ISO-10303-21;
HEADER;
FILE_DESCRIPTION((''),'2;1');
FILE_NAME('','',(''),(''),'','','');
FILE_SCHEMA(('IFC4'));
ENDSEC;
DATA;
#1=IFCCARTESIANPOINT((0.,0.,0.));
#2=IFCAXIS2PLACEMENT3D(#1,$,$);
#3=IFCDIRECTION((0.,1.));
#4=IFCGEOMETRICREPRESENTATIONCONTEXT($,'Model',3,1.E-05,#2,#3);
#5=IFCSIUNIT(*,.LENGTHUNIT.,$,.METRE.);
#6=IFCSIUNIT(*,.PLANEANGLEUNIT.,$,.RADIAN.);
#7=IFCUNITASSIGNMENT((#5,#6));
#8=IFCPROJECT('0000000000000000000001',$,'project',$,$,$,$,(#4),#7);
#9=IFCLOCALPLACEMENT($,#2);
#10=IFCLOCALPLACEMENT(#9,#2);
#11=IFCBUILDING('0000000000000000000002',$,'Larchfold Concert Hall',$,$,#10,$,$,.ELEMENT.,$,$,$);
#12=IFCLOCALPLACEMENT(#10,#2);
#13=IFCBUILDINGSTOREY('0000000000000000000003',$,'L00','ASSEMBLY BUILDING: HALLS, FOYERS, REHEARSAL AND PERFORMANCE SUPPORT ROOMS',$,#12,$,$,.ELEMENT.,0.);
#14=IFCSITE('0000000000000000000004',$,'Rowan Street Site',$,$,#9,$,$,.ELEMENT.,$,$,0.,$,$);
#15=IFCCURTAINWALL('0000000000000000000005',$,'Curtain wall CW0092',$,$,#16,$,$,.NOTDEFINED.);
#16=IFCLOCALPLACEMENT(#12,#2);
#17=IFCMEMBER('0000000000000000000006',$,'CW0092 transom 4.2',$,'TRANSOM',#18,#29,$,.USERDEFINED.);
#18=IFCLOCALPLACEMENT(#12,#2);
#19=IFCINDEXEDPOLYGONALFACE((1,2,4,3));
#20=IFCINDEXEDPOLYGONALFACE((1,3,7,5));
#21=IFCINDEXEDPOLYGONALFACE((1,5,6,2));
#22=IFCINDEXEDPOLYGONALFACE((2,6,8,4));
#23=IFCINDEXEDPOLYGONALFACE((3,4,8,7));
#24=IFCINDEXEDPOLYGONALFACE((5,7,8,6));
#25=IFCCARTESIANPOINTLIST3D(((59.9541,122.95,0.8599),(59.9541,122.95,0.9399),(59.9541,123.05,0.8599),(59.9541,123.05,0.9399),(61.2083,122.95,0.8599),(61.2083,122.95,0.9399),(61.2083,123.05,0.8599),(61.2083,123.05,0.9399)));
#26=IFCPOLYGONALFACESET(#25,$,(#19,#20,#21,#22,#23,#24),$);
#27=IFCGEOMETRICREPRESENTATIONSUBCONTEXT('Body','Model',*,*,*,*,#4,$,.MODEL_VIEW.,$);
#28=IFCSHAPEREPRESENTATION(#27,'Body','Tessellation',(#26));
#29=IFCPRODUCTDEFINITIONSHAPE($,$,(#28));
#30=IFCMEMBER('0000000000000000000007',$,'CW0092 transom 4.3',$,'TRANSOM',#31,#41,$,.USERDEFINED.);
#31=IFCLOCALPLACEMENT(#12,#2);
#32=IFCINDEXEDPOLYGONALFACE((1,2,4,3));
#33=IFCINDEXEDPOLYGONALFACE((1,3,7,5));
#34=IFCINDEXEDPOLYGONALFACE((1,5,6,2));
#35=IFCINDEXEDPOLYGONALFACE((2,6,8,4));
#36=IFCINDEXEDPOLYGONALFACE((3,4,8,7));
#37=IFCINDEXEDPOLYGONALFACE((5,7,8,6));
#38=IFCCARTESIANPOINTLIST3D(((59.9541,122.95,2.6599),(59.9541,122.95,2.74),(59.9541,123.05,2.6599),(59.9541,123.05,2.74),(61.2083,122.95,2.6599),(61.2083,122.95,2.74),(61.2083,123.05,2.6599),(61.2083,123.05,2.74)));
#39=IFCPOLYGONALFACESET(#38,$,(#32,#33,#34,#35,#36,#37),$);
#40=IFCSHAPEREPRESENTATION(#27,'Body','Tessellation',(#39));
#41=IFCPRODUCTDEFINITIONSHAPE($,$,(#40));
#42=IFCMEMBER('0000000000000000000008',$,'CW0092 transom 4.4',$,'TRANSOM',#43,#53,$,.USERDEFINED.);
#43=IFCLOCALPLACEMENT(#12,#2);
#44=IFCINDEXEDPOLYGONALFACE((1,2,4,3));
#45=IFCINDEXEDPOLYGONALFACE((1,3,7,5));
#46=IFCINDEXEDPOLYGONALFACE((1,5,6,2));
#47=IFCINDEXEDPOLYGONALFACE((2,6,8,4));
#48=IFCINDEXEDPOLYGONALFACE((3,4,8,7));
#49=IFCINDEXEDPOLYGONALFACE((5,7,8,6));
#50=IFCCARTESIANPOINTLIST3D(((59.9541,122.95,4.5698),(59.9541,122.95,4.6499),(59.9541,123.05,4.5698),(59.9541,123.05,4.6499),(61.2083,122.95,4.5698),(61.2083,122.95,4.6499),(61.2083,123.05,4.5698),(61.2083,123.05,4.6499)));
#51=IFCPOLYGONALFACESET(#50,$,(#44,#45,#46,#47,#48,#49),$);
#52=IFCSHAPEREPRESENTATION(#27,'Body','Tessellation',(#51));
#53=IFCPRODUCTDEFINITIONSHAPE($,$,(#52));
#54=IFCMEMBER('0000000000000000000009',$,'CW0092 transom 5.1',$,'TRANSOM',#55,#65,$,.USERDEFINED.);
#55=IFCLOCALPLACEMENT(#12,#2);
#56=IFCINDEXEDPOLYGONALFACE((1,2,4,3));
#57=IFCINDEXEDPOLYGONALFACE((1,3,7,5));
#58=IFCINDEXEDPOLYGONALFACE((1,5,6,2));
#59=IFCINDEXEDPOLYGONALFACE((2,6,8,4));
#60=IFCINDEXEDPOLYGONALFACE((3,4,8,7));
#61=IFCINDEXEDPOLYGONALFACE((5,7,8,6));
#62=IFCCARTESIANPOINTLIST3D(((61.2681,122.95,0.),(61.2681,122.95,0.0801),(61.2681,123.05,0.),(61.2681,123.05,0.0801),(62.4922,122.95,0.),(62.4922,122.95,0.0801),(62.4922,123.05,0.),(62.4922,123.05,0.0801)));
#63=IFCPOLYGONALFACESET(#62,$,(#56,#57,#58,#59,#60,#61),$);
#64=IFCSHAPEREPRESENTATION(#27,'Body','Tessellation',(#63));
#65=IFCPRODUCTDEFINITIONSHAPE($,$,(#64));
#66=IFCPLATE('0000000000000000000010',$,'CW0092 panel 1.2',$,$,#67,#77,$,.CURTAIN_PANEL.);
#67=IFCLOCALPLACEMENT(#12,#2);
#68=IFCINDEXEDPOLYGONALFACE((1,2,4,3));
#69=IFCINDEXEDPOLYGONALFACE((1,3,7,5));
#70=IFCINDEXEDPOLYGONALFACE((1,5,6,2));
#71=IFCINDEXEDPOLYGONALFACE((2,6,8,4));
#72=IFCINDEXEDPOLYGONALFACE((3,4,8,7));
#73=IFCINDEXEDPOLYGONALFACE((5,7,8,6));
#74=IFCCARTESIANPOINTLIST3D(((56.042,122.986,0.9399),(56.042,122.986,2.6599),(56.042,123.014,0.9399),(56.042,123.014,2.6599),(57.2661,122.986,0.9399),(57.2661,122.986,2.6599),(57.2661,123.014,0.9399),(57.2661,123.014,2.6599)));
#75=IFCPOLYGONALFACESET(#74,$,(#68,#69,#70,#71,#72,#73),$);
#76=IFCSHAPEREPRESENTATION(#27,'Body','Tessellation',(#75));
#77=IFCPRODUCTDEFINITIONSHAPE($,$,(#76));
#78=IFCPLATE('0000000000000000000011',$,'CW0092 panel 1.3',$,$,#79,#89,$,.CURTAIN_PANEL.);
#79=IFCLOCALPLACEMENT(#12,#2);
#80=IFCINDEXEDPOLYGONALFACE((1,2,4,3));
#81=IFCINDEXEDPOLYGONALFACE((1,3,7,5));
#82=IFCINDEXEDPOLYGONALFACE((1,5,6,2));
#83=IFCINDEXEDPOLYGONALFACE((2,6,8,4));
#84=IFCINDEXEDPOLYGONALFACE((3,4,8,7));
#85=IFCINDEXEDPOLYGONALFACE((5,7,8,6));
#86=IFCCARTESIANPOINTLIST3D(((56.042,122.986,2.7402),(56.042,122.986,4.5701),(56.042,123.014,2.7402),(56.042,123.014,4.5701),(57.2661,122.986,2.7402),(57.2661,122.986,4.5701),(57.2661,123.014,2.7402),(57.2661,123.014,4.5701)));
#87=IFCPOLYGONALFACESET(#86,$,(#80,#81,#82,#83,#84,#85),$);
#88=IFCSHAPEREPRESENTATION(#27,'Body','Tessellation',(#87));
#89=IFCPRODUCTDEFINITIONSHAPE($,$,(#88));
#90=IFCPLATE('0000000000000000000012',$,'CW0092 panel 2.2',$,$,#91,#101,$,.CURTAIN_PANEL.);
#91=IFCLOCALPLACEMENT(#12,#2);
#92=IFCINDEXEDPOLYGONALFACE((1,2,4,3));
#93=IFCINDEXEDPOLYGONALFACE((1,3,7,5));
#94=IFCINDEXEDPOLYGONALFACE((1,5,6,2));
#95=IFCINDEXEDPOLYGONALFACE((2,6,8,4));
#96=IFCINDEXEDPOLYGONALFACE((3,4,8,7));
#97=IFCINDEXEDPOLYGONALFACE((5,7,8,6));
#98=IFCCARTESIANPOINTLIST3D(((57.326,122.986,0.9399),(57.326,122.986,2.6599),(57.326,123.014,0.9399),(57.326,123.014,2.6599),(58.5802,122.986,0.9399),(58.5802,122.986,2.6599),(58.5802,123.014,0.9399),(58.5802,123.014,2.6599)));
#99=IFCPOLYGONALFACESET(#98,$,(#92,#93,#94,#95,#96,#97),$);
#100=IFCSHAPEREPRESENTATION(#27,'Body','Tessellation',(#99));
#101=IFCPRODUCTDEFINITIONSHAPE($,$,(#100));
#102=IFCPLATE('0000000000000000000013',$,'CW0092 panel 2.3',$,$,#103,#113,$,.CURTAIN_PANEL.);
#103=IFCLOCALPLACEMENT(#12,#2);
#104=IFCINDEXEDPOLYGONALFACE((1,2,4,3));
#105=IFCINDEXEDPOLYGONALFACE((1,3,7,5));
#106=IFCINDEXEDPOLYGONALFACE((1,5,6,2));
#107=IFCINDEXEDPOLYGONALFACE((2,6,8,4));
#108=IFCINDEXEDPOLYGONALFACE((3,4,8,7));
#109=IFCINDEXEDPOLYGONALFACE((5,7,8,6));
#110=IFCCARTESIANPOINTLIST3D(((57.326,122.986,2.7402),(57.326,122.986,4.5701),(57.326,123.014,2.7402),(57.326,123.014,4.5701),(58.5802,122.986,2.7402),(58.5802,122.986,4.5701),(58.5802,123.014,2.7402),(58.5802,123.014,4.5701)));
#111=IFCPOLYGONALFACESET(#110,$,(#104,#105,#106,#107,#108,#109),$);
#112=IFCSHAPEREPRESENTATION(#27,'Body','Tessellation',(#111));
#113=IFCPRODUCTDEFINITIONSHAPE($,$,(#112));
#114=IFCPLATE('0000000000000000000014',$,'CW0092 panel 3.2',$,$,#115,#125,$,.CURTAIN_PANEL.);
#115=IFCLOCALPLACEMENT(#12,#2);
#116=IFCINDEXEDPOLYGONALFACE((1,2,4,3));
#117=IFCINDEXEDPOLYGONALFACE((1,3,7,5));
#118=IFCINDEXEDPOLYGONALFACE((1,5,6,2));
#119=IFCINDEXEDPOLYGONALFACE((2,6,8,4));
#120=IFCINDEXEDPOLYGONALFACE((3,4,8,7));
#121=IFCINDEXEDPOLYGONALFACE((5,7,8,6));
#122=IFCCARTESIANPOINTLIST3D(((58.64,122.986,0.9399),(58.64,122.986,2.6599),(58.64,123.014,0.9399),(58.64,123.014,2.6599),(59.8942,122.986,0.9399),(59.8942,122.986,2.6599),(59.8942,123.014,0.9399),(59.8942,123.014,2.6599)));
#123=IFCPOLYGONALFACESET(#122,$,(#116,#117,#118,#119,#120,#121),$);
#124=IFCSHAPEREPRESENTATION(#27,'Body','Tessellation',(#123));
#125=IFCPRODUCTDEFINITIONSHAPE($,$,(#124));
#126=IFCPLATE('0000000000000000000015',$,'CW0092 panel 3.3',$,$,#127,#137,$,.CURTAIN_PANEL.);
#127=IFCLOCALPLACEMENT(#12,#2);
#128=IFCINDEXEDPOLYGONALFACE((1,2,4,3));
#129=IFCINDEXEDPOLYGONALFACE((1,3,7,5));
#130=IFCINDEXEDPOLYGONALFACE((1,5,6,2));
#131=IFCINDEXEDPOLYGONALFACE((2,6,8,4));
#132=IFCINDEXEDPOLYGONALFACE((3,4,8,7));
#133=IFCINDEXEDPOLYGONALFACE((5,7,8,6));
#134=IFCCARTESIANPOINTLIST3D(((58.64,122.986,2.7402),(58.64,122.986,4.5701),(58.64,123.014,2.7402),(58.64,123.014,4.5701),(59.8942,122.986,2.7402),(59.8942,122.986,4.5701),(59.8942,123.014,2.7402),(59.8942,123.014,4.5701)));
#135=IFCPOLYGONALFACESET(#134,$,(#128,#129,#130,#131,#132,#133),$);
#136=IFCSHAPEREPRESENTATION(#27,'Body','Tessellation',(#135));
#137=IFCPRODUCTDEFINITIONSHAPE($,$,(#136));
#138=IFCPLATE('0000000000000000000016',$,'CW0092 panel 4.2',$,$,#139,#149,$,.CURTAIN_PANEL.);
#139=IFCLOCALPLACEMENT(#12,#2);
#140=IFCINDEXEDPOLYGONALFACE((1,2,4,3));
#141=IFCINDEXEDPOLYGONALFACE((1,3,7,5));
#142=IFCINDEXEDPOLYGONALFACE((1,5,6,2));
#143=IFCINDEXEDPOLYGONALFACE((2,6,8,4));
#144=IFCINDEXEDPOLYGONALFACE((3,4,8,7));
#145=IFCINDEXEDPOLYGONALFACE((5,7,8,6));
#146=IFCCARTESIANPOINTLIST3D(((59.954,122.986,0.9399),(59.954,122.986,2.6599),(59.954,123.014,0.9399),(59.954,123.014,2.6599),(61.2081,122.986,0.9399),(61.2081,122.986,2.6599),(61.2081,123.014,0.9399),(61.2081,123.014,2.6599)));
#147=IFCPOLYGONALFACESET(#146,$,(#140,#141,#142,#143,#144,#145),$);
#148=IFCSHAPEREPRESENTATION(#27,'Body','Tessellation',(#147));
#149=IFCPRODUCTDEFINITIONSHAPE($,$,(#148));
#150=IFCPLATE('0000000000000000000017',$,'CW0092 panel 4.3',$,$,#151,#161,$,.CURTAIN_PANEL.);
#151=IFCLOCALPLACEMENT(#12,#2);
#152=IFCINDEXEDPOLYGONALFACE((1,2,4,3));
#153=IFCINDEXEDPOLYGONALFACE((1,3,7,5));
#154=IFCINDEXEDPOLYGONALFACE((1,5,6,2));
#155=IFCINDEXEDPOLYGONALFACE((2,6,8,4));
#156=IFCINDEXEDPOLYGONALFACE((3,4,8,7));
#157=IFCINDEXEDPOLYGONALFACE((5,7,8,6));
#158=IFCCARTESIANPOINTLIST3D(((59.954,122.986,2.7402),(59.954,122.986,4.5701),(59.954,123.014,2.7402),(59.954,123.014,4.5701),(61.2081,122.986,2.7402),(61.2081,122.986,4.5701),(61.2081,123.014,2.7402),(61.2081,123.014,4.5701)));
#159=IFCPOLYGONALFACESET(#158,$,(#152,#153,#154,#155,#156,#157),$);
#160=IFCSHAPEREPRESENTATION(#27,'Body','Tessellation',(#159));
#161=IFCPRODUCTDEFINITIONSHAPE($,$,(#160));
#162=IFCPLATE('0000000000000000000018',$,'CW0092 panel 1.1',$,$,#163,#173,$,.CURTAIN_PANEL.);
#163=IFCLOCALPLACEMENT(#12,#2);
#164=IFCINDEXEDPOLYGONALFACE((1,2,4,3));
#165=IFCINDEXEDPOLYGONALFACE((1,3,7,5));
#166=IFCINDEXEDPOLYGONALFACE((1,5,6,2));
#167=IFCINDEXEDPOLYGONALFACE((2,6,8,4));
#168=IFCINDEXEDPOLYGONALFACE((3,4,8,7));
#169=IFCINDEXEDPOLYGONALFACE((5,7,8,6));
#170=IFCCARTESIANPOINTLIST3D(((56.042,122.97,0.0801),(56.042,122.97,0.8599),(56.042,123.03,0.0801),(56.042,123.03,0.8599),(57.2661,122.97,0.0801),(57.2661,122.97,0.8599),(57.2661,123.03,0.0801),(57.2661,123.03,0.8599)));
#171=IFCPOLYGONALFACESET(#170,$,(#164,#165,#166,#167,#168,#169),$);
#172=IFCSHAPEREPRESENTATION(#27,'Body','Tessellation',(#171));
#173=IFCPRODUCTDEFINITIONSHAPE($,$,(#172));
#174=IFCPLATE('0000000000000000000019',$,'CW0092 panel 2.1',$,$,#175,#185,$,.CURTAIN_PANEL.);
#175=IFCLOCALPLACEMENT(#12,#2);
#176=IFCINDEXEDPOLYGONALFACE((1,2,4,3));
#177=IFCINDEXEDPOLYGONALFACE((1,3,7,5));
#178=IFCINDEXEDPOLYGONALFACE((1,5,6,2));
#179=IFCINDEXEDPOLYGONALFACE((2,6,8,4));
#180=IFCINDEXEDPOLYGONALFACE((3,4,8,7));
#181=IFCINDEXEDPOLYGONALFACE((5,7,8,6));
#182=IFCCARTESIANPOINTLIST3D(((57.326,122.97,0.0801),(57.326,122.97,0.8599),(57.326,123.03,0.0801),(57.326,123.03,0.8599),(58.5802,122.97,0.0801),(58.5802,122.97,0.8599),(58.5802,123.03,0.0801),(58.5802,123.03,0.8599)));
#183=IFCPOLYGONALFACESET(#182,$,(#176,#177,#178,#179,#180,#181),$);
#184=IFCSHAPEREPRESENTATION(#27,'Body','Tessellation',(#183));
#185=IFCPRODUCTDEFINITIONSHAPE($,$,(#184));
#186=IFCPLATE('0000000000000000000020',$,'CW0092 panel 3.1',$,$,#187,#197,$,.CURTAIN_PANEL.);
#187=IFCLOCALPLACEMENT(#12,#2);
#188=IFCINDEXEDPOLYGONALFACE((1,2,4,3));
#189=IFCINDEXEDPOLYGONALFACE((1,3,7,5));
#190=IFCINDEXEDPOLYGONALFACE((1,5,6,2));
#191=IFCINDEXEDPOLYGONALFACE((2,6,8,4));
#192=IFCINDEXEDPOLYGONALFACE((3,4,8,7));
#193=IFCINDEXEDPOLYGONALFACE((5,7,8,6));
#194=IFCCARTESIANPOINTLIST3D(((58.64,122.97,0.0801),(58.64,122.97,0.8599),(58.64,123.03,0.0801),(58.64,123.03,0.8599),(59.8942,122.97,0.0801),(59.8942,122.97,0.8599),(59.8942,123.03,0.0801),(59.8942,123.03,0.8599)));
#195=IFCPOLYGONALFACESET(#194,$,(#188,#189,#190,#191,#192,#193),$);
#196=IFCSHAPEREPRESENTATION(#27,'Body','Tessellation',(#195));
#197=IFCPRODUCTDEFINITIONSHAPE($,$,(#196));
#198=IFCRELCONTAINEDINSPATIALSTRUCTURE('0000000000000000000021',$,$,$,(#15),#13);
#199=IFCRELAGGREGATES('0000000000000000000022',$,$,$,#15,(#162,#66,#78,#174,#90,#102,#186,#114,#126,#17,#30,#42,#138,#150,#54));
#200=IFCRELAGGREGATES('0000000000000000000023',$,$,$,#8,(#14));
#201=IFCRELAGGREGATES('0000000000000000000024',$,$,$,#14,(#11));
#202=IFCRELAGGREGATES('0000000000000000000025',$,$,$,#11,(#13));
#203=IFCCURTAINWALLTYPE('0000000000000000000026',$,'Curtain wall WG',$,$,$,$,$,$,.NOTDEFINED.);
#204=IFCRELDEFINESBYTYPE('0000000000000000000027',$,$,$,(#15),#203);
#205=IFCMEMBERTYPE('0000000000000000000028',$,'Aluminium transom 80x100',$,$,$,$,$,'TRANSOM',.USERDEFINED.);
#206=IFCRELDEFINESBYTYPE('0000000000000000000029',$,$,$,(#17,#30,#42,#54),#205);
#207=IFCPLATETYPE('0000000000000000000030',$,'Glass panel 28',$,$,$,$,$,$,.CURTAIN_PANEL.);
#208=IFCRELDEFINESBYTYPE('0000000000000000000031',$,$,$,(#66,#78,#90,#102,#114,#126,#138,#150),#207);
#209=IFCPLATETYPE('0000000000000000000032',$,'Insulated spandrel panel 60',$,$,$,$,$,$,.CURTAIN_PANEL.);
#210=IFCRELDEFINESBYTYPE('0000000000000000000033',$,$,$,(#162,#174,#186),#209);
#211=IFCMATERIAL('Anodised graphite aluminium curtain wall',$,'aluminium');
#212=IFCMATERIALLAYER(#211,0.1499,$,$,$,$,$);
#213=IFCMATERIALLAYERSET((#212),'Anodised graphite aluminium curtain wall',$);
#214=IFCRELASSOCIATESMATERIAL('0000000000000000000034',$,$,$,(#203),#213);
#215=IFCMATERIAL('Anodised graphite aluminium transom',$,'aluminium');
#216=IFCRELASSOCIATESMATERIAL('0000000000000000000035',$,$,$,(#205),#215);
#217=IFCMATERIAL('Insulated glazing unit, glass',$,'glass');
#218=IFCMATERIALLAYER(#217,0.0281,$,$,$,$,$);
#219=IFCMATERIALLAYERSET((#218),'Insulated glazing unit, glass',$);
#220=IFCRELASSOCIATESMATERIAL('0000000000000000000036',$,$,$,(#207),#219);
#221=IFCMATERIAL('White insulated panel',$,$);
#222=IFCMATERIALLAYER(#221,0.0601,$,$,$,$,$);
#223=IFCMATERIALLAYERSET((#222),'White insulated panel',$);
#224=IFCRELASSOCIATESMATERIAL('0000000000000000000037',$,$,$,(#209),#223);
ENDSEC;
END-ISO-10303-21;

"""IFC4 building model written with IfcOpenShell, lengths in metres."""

from ifc_helpers import new_model, si_unit, direction, frame, origin, origin_2d, place, context, subcontext, project, spatial, rectangle, extrude, material, layer, layer_set, material_profile, profile_set, type_object, element, aggregate, save


model = new_model("IFC4")

# Units and contexts
model_context = context("Model", 3, precision=1e-05, world=origin(), true_north=direction((0.0, 1.0)))
body_context = subcontext(model_context, "Body", "Model", "MODEL_VIEW")
ifc_project = project(units=[si_unit("LENGTHUNIT", "METRE"), si_unit("PLANEANGLEUNIT", "RADIAN")], contexts=[model_context])

# Site, building, storey
site_placement = place(None, origin())
site = spatial("IfcSite", under=ifc_project, at=site_placement, Name="Rowan Street Site", CompositionType="ELEMENT", RefElevation=0.0)
building_placement = place(site_placement, origin())
building = spatial("IfcBuilding", under=site, at=building_placement, Name="Larchfold Concert Hall", CompositionType="ELEMENT")
storey_placement = place(building_placement, origin())
storey = spatial("IfcBuildingStorey", under=building, at=storey_placement, Name="L00", Description="ASSEMBLY BUILDING: HALLS, FOYERS, REHEARSAL AND PERFORMANCE SUPPORT ROOMS", CompositionType="ELEMENT", Elevation=0.0)

# Curtain wall, members, plates
ifc_material_1 = material(Name="Anodised graphite aluminium curtain wall", Category="aluminium")
ifc_layer_1 = layer(ifc_material_1, 0.1499)
ifc_layer_set_1 = layer_set([ifc_layer_1], Name="Anodised graphite aluminium curtain wall")
curtain_wall_type = type_object("IfcCurtainWallType", Name="Curtain wall WG", PredefinedType="NOTDEFINED", material=ifc_layer_set_1)
curtain_wall_placement = place(storey_placement, origin())
curtain_wall = element("IfcCurtainWall", 1, at=curtain_wall_placement, inside=storey, type_object=curtain_wall_type, Name="Curtain wall CW0092", PredefinedType="NOTDEFINED")
ifc_material_2 = material(Name="Anodised graphite aluminium transom", Category="aluminium")
ifc_material_profile_1 = material_profile(ifc_material_2, rectangle(XDim=0.1001, YDim=0.0801, at=origin_2d()))
ifc_profile_set_1 = profile_set([ifc_material_profile_1], Name="Anodised graphite aluminium transom")
member_type_1 = type_object("IfcMemberType", Name="Aluminium transom 80x100", ElementType="TRANSOM", PredefinedType="USERDEFINED", material=ifc_profile_set_1)
member_1_placement = place(storey_placement, frame((59.9541, 123.0, 0.8999), z_axis=(1.0, 0.0, 0.0), x_axis=(0.0, 1.0, 0.0)))
member_1 = element("IfcMember", 2, at=member_1_placement, type_object=member_type_1, Name="CW0092 transom 4.2", ObjectType="TRANSOM", PredefinedType="USERDEFINED", context=body_context, shape_type="SweptSolid", body=[
    extrude(rectangle(XDim=0.1001, YDim=0.0801, at=origin_2d()), origin(), (0.0, 0.0, 1.0), 1.2542),
])
member_2_placement = place(storey_placement, frame((59.9541, 123.0, 2.7), z_axis=(1.0, 0.0, 0.0), x_axis=(0.0, 1.0, 0.0)))
member_2 = element("IfcMember", 3, at=member_2_placement, type_object=member_type_1, Name="CW0092 transom 4.3", ObjectType="TRANSOM", PredefinedType="USERDEFINED", context=body_context, shape_type="SweptSolid", body=[
    extrude(rectangle(XDim=0.1001, YDim=0.0801, at=origin_2d()), origin(), (0.0, 0.0, 1.0), 1.2542),
])
member_3_placement = place(storey_placement, frame((59.9541, 123.0, 4.6099), z_axis=(1.0, 0.0, 0.0), x_axis=(0.0, 1.0, 0.0)))
member_3 = element("IfcMember", 4, at=member_3_placement, type_object=member_type_1, Name="CW0092 transom 4.4", ObjectType="TRANSOM", PredefinedType="USERDEFINED", context=body_context, shape_type="SweptSolid", body=[
    extrude(rectangle(XDim=0.1001, YDim=0.0801, at=origin_2d()), origin(), (0.0, 0.0, 1.0), 1.2542),
])
member_4_placement = place(storey_placement, frame((61.2681, 123.0, 0.04), z_axis=(1.0, 0.0, 0.0), x_axis=(0.0, 1.0, 0.0)))
member_4 = element("IfcMember", 5, at=member_4_placement, type_object=member_type_1, Name="CW0092 transom 5.1", ObjectType="TRANSOM", PredefinedType="USERDEFINED", context=body_context, shape_type="SweptSolid", body=[
    extrude(rectangle(XDim=0.1001, YDim=0.0801, at=origin_2d()), origin(), (0.0, 0.0, 1.0), 1.2241),
])
ifc_material_3 = material(Name="Insulated glazing unit, glass", Category="glass")
ifc_layer_2 = layer(ifc_material_3, 0.0281)
ifc_layer_set_2 = layer_set([ifc_layer_2], Name="Insulated glazing unit, glass")
plate_type_1 = type_object("IfcPlateType", Name="Glass panel 28", PredefinedType="CURTAIN_PANEL", material=ifc_layer_set_2)
plate_1_placement = place(storey_placement, frame((56.6541, 123.0, 0.9399), z_axis=(0.0, 0.0, 1.0), x_axis=(1.0, 0.0, 0.0)))
plate_1 = element("IfcPlate", 6, at=plate_1_placement, type_object=plate_type_1, Name="CW0092 panel 1.2", PredefinedType="CURTAIN_PANEL", context=body_context, shape_type="SweptSolid", body=[
    extrude(rectangle(XDim=1.2241, YDim=0.0281, at=origin_2d()), origin(), (0.0, 0.0, 1.0), 1.72),
])
plate_2_placement = place(storey_placement, frame((56.6541, 123.0, 2.7402), z_axis=(0.0, 0.0, 1.0), x_axis=(1.0, 0.0, 0.0)))
plate_2 = element("IfcPlate", 7, at=plate_2_placement, type_object=plate_type_1, Name="CW0092 panel 1.3", PredefinedType="CURTAIN_PANEL", context=body_context, shape_type="SweptSolid", body=[
    extrude(rectangle(XDim=1.2241, YDim=0.0281, at=origin_2d()), origin(), (0.0, 0.0, 1.0), 1.8298),
])
plate_3_placement = place(storey_placement, frame((57.9531, 123.0, 0.9399), z_axis=(0.0, 0.0, 1.0), x_axis=(1.0, 0.0, 0.0)))
plate_3 = element("IfcPlate", 8, at=plate_3_placement, type_object=plate_type_1, Name="CW0092 panel 2.2", PredefinedType="CURTAIN_PANEL", context=body_context, shape_type="SweptSolid", body=[
    extrude(rectangle(XDim=1.2542, YDim=0.0281, at=origin_2d()), origin(), (0.0, 0.0, 1.0), 1.72),
])
plate_4_placement = place(storey_placement, frame((57.9531, 123.0, 2.7402), z_axis=(0.0, 0.0, 1.0), x_axis=(1.0, 0.0, 0.0)))
plate_4 = element("IfcPlate", 9, at=plate_4_placement, type_object=plate_type_1, Name="CW0092 panel 2.3", PredefinedType="CURTAIN_PANEL", context=body_context, shape_type="SweptSolid", body=[
    extrude(rectangle(XDim=1.2542, YDim=0.0281, at=origin_2d()), origin(), (0.0, 0.0, 1.0), 1.8298),
])
plate_5_placement = place(storey_placement, frame((59.2671, 123.0, 0.9399), z_axis=(0.0, 0.0, 1.0), x_axis=(1.0, 0.0, 0.0)))
plate_5 = element("IfcPlate", 10, at=plate_5_placement, type_object=plate_type_1, Name="CW0092 panel 3.2", PredefinedType="CURTAIN_PANEL", context=body_context, shape_type="SweptSolid", body=[
    extrude(rectangle(XDim=1.2542, YDim=0.0281, at=origin_2d()), origin(), (0.0, 0.0, 1.0), 1.72),
])
plate_6_placement = place(storey_placement, frame((59.2671, 123.0, 2.7402), z_axis=(0.0, 0.0, 1.0), x_axis=(1.0, 0.0, 0.0)))
plate_6 = element("IfcPlate", 11, at=plate_6_placement, type_object=plate_type_1, Name="CW0092 panel 3.3", PredefinedType="CURTAIN_PANEL", context=body_context, shape_type="SweptSolid", body=[
    extrude(rectangle(XDim=1.2542, YDim=0.0281, at=origin_2d()), origin(), (0.0, 0.0, 1.0), 1.8298),
])
plate_7_placement = place(storey_placement, frame((60.5811, 123.0, 0.9399), z_axis=(0.0, 0.0, 1.0), x_axis=(1.0, 0.0, 0.0)))
plate_7 = element("IfcPlate", 12, at=plate_7_placement, type_object=plate_type_1, Name="CW0092 panel 4.2", PredefinedType="CURTAIN_PANEL", context=body_context, shape_type="SweptSolid", body=[
    extrude(rectangle(XDim=1.2542, YDim=0.0281, at=origin_2d()), origin(), (0.0, 0.0, 1.0), 1.72),
])
plate_8_placement = place(storey_placement, frame((60.5811, 123.0, 2.7402), z_axis=(0.0, 0.0, 1.0), x_axis=(1.0, 0.0, 0.0)))
plate_8 = element("IfcPlate", 13, at=plate_8_placement, type_object=plate_type_1, Name="CW0092 panel 4.3", PredefinedType="CURTAIN_PANEL", context=body_context, shape_type="SweptSolid", body=[
    extrude(rectangle(XDim=1.2542, YDim=0.0281, at=origin_2d()), origin(), (0.0, 0.0, 1.0), 1.8298),
])
ifc_material_4 = material(Name="White insulated panel")
ifc_layer_3 = layer(ifc_material_4, 0.0601)
ifc_layer_set_3 = layer_set([ifc_layer_3], Name="White insulated panel")
plate_type_2 = type_object("IfcPlateType", Name="Insulated spandrel panel 60", PredefinedType="CURTAIN_PANEL", material=ifc_layer_set_3)
plate_9_placement = place(storey_placement, frame((56.6541, 123.0, 0.0801), z_axis=(0.0, 0.0, 1.0), x_axis=(1.0, 0.0, 0.0)))
plate_9 = element("IfcPlate", 14, at=plate_9_placement, type_object=plate_type_2, Name="CW0092 panel 1.1", PredefinedType="CURTAIN_PANEL", context=body_context, shape_type="SweptSolid", body=[
    extrude(rectangle(XDim=1.2241, YDim=0.0601, at=origin_2d()), origin(), (0.0, 0.0, 1.0), 0.7798),
])
plate_10_placement = place(storey_placement, frame((57.9531, 123.0, 0.0801), z_axis=(0.0, 0.0, 1.0), x_axis=(1.0, 0.0, 0.0)))
plate_10 = element("IfcPlate", 15, at=plate_10_placement, type_object=plate_type_2, Name="CW0092 panel 2.1", PredefinedType="CURTAIN_PANEL", context=body_context, shape_type="SweptSolid", body=[
    extrude(rectangle(XDim=1.2542, YDim=0.0601, at=origin_2d()), origin(), (0.0, 0.0, 1.0), 0.7798),
])
plate_11_placement = place(storey_placement, frame((59.2671, 123.0, 0.0801), z_axis=(0.0, 0.0, 1.0), x_axis=(1.0, 0.0, 0.0)))
plate_11 = element("IfcPlate", 16, at=plate_11_placement, type_object=plate_type_2, Name="CW0092 panel 3.1", PredefinedType="CURTAIN_PANEL", context=body_context, shape_type="SweptSolid", body=[
    extrude(rectangle(XDim=1.2542, YDim=0.0601, at=origin_2d()), origin(), (0.0, 0.0, 1.0), 0.7798),
])
aggregate(curtain_wall, [plate_9, plate_1, plate_2, plate_10, plate_3, plate_4, plate_11, plate_5, plate_6, member_1, member_2, member_3, plate_7, plate_8, member_4])

save(model, "model.ifc")
